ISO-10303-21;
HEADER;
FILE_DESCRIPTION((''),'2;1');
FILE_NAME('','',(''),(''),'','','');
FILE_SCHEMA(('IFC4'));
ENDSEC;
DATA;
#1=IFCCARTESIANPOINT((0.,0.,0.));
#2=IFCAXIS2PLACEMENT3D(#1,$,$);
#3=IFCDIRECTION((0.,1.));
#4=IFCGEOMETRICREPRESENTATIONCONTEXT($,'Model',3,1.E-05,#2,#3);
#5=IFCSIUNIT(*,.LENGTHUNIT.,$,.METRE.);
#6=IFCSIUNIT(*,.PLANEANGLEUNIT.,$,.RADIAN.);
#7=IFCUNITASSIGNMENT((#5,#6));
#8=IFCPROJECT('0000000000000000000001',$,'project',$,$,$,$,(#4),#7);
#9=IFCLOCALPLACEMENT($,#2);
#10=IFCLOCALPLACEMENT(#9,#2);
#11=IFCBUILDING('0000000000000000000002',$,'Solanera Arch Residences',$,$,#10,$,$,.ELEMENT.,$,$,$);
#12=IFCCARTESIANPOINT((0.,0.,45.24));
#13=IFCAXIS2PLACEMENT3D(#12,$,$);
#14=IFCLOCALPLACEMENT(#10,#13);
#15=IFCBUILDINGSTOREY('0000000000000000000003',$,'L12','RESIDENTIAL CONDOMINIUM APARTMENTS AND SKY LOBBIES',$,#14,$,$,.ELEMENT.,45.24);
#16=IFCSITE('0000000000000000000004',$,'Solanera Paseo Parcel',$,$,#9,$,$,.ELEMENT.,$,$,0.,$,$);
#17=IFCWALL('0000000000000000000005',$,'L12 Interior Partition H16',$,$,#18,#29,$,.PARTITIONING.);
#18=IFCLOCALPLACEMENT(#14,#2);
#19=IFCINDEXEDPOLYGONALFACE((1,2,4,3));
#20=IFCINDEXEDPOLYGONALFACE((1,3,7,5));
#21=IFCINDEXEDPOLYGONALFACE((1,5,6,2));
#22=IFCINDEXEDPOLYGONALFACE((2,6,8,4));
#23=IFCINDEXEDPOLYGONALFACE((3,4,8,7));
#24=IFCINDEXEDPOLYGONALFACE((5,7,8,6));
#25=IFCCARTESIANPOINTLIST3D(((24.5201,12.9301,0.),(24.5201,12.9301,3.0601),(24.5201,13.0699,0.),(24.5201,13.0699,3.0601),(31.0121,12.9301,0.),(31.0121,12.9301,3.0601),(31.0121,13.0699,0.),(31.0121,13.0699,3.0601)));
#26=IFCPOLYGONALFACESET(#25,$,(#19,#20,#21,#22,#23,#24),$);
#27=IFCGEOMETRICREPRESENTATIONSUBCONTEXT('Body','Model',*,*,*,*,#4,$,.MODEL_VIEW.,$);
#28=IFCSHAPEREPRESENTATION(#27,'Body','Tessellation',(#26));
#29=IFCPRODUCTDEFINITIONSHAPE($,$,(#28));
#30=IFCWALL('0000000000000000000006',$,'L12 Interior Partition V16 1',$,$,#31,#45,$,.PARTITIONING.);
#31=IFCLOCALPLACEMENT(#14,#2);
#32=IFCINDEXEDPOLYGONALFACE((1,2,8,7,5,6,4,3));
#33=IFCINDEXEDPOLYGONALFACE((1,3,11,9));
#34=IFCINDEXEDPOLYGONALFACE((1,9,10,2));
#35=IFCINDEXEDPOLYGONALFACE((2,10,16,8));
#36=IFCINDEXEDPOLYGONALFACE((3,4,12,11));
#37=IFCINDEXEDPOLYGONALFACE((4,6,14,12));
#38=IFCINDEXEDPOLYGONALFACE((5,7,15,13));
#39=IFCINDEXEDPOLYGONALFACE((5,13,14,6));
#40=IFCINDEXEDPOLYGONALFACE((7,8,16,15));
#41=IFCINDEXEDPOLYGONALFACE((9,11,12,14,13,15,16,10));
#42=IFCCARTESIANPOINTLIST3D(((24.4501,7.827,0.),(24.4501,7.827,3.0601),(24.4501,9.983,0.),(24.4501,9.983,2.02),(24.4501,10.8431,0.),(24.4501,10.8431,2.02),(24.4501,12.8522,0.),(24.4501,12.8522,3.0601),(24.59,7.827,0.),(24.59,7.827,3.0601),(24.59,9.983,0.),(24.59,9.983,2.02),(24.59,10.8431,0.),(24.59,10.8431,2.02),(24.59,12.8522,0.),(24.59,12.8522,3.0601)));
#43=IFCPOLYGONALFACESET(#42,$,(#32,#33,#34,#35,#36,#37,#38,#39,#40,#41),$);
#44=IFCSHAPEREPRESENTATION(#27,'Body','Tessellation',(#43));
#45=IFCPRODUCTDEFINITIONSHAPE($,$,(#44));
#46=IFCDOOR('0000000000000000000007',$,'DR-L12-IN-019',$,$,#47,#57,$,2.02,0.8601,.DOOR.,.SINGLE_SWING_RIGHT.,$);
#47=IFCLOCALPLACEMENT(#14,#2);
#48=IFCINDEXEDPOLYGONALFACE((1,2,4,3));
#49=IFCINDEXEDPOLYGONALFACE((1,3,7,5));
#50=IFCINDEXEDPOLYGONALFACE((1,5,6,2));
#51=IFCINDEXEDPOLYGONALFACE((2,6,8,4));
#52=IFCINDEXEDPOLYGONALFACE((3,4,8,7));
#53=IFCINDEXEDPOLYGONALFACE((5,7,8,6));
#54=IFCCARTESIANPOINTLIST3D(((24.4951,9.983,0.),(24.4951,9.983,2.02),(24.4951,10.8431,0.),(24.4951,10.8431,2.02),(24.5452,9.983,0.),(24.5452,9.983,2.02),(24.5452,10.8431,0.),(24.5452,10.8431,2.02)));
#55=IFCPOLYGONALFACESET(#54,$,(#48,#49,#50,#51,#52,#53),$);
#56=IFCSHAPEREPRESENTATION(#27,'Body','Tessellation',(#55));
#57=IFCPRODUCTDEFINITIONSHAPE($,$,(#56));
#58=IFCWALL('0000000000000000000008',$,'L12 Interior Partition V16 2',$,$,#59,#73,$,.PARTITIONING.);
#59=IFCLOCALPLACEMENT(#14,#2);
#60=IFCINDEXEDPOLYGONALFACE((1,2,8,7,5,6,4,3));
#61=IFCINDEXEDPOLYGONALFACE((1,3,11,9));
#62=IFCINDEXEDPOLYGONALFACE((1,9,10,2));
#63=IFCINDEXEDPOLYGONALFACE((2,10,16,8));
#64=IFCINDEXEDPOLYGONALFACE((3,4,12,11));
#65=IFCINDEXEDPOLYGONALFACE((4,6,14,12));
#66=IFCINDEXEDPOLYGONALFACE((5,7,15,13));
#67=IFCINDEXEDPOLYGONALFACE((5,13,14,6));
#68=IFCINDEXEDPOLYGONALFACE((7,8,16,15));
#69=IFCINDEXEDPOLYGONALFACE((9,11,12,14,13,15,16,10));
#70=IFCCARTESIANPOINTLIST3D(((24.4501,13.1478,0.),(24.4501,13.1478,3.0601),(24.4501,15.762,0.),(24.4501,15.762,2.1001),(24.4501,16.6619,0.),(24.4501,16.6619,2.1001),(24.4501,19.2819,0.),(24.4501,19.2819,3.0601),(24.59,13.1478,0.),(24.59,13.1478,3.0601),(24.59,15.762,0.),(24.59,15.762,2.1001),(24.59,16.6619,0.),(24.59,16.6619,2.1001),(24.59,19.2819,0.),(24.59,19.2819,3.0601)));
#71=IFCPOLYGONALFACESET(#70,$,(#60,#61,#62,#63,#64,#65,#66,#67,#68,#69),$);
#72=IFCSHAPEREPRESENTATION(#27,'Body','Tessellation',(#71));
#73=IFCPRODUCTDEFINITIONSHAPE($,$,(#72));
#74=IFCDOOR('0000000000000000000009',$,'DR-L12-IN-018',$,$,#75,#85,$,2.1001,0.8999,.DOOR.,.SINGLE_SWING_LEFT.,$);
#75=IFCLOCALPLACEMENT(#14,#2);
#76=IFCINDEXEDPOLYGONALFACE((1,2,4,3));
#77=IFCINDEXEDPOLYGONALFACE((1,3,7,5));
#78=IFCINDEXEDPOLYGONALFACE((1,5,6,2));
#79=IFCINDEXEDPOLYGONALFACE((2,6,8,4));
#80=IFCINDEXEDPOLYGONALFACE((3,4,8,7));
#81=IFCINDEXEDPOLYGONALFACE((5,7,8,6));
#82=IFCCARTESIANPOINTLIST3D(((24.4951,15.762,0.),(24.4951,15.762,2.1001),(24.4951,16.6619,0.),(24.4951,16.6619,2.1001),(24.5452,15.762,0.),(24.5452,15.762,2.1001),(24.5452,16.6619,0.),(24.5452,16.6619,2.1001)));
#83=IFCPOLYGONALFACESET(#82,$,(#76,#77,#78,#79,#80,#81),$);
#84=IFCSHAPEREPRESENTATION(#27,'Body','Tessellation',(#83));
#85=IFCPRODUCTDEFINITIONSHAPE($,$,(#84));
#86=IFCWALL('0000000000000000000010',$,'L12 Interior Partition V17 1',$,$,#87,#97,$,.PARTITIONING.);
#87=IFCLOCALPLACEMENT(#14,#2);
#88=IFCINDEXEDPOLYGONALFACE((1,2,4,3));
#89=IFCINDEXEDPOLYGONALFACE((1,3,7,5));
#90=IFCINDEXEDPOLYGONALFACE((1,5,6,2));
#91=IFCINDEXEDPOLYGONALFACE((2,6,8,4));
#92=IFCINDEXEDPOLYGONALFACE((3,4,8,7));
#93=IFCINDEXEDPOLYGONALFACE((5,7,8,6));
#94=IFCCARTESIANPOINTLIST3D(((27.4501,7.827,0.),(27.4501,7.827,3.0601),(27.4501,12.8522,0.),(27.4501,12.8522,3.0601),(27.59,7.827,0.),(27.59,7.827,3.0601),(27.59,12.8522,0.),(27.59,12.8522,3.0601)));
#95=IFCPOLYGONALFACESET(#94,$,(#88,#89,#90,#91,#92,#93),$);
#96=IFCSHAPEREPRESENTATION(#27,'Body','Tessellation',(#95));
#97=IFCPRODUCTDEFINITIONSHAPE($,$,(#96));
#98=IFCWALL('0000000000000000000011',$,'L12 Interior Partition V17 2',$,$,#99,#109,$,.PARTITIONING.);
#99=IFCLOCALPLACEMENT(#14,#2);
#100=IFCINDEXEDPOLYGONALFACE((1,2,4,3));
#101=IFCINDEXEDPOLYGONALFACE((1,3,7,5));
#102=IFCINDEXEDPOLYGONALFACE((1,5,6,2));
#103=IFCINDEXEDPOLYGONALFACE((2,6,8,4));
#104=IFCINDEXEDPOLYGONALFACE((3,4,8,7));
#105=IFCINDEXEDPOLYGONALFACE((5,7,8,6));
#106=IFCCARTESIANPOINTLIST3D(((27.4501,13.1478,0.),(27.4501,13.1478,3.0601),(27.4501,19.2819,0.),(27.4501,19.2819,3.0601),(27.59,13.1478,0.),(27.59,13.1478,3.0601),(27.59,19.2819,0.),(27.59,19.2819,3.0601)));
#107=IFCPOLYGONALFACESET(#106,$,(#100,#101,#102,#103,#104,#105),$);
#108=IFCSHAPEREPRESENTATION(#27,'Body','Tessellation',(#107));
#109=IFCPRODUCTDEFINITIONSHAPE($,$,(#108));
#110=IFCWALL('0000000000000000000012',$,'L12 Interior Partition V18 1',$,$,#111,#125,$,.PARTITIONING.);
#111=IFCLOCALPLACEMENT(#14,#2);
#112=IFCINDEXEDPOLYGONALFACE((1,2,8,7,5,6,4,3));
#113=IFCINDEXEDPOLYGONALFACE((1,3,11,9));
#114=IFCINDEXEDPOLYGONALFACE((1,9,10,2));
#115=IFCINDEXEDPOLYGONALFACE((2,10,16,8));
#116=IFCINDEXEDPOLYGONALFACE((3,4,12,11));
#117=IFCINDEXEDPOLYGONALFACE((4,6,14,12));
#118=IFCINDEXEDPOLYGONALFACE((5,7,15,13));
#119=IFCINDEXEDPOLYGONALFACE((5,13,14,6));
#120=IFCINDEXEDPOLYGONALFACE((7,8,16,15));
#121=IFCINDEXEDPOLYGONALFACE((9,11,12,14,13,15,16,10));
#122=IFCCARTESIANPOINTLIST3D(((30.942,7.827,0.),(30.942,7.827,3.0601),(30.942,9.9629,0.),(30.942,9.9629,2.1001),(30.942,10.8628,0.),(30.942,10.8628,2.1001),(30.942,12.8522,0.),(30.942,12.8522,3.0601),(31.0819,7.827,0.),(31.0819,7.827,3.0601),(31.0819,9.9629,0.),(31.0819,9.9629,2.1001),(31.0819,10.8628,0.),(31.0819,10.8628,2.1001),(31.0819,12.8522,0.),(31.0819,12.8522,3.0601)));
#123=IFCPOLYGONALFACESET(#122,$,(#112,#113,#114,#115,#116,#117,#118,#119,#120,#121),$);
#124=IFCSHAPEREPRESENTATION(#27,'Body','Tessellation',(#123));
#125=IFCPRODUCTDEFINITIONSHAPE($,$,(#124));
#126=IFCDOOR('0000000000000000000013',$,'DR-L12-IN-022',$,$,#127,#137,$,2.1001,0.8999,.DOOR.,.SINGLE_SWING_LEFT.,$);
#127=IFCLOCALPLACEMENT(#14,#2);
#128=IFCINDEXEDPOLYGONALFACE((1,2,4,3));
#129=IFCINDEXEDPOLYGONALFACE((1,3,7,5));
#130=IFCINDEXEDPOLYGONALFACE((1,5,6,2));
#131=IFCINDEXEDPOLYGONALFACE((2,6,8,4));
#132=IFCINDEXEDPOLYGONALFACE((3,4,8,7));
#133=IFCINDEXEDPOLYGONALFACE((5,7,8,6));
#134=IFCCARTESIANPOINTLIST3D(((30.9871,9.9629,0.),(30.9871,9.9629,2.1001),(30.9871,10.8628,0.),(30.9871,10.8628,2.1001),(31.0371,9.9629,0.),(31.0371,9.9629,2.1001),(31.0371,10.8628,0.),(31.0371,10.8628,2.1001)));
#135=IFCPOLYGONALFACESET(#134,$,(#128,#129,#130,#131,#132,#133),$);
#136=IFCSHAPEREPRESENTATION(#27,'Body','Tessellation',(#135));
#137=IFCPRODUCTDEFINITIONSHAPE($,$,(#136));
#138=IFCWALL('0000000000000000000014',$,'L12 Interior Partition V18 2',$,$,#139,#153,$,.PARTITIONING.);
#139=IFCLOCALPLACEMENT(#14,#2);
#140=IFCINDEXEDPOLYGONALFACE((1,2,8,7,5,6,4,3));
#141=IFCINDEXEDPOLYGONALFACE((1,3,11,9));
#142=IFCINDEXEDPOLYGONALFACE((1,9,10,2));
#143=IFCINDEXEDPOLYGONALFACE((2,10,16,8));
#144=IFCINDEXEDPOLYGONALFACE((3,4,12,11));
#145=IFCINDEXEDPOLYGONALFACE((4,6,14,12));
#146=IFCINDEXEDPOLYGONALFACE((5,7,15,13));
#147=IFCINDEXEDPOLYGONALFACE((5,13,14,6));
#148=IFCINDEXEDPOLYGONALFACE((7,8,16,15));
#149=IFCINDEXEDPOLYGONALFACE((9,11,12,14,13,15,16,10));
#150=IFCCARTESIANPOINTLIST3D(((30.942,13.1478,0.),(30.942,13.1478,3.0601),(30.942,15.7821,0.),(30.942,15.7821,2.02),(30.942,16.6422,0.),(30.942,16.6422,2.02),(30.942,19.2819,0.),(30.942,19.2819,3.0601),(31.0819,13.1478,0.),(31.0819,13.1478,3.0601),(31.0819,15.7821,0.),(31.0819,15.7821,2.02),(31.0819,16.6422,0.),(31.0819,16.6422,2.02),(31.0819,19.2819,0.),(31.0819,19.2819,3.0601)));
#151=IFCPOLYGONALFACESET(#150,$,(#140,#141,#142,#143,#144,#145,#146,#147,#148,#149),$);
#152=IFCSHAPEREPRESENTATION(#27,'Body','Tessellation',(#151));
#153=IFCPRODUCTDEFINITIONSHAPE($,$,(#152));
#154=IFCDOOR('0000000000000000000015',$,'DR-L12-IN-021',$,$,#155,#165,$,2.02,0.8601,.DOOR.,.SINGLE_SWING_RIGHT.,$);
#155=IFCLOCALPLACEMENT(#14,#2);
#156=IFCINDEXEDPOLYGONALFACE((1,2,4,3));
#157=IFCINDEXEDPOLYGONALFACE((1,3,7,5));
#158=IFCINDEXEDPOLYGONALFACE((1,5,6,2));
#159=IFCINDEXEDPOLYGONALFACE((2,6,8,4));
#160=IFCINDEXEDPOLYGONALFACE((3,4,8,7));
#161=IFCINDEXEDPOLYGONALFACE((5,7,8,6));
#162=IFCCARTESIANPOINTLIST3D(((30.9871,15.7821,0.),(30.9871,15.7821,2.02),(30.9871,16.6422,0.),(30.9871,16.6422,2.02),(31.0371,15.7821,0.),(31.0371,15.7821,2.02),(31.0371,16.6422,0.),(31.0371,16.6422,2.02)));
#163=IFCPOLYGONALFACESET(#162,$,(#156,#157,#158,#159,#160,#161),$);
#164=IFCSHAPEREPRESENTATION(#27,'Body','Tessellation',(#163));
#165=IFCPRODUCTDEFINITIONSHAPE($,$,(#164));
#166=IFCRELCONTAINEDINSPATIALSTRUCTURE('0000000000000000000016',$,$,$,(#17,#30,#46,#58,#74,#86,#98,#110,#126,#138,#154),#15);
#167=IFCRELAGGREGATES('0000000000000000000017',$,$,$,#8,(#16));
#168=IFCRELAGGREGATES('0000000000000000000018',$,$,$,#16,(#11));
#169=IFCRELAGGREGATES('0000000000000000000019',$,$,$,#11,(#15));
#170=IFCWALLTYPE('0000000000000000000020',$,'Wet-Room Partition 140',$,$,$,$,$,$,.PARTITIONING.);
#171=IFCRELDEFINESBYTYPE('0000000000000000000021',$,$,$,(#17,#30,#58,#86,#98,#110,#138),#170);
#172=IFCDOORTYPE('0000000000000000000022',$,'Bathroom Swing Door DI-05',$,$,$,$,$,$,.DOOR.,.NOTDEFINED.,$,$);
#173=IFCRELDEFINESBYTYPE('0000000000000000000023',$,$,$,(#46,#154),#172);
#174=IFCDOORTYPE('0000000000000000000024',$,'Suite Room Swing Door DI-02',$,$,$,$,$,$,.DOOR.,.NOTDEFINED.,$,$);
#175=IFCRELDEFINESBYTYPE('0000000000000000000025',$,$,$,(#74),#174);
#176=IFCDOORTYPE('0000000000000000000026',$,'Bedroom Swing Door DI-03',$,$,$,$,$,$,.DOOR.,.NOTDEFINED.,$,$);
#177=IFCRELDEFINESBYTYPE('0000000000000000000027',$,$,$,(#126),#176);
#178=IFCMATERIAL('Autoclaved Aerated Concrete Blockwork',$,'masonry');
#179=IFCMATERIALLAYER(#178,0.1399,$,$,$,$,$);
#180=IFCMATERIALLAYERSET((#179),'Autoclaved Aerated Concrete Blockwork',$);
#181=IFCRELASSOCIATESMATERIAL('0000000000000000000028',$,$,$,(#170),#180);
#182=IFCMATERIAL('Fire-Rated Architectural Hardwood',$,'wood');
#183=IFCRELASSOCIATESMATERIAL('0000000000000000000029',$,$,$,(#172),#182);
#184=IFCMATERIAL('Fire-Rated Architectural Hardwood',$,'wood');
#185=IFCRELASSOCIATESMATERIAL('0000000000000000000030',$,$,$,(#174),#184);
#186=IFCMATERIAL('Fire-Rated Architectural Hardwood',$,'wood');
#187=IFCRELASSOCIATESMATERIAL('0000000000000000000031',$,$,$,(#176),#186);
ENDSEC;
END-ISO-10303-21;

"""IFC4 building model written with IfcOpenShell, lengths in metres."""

from ifc_helpers import new_model, si_unit, direction, frame, frame_2d, origin, place, context, subcontext, project, spatial, rectangle, extrude, material, layer, layer_set, type_object, element, fill, save


model = new_model("IFC4")

# Units and contexts
model_context = context("Model", 3, precision=1e-05, world=origin(), true_north=direction((0.0, 1.0)))
body_context = subcontext(model_context, "Body", "Model", "MODEL_VIEW")
ifc_project = project(units=[si_unit("LENGTHUNIT", "METRE"), si_unit("PLANEANGLEUNIT", "RADIAN")], contexts=[model_context])

# Site, building, storey
site_placement = place(None, origin())
site = spatial("IfcSite", under=ifc_project, at=site_placement, Name="Solanera Paseo Parcel", CompositionType="ELEMENT", RefElevation=0.0)
building_placement = place(site_placement, origin())
building = spatial("IfcBuilding", under=site, at=building_placement, Name="Solanera Arch Residences", CompositionType="ELEMENT")
storey_placement = place(building_placement, frame((0.0, 0.0, 45.24)))
storey = spatial("IfcBuildingStorey", under=building, at=storey_placement, Name="L12", Description="RESIDENTIAL CONDOMINIUM APARTMENTS AND SKY LOBBIES", CompositionType="ELEMENT", Elevation=45.24)

# Wall
ifc_material_1 = material(Name="Autoclaved Aerated Concrete Blockwork", Category="masonry")
ifc_layer_1 = layer(ifc_material_1, 0.1399)
ifc_layer_set_1 = layer_set([ifc_layer_1], Name="Autoclaved Aerated Concrete Blockwork")
wall_type_1 = type_object("IfcWallType", Name="Wet-Room Partition 140", PredefinedType="PARTITIONING", material=ifc_layer_set_1)
wall_1_placement = place(storey_placement, frame((24.52, 13.0, 0.0), z_axis=(0.0, 0.0, 1.0), x_axis=(1.0, 0.0, 0.0)))
element("IfcWall", 1, at=wall_1_placement, inside=storey, type_object=wall_type_1, Name="L12 Interior Partition H16", PredefinedType="PARTITIONING", context=body_context, shape_type="SweptSolid", body=[
    extrude(rectangle(XDim=6.4919, YDim=0.1399, at=frame_2d((3.2461, 0.0))), origin(), (0.0, 0.0, 1.0), 3.0601),
])

# Walls, openings, doors
wall_2_placement = place(storey_placement, frame((24.52, 7.8269, 0.0), z_axis=(0.0, 0.0, 1.0), x_axis=(0.0, 1.0, 0.0)))
wall_2 = element("IfcWall", 2, at=wall_2_placement, inside=storey, type_object=wall_type_1, Name="L12 Interior Partition V16 1", PredefinedType="PARTITIONING", context=body_context, shape_type="SweptSolid", body=[
    extrude(rectangle(XDim=5.0251, YDim=0.1399, at=frame_2d((2.5127, 0.0))), origin(), (0.0, 0.0, 1.0), 3.0601),
])
opening_1_placement = place(wall_2_placement, frame((2.156, 0.0, 0.0)))
opening_1 = element("IfcOpeningElement", 3, at=opening_1_placement, cuts=wall_2, PredefinedType="OPENING", context=body_context, shape_type="SweptSolid", body=[
    extrude(rectangle(XDim=0.8601, YDim=2.02, at=frame_2d((0.4302, 1.01))), frame((0.0, 0.0798, 0.0), z_axis=(0.0, -1.0, 0.0), x_axis=(1.0, 0.0, 0.0)), (0.0, 0.0, 1.0), 0.1599),
])
ifc_material_2 = material(Name="Fire-Rated Architectural Hardwood", Category="wood")
door_type_1 = type_object("IfcDoorType", Name="Bathroom Swing Door DI-05", OperationType="NOTDEFINED", PredefinedType="DOOR", material=ifc_material_2)
door_1_placement = place(opening_1_placement, origin())
door_1 = element("IfcDoor", 4, at=door_1_placement, inside=storey, type_object=door_type_1, Name="DR-L12-IN-019", OperationType="SINGLE_SWING_RIGHT", OverallHeight=2.02, OverallWidth=0.8601, PredefinedType="DOOR", context=body_context, shape_type="SweptSolid", body=[
    extrude(rectangle(XDim=0.8601, YDim=2.02, at=frame_2d((0.4302, 1.01))), frame((0.0, 0.0249, 0.0), z_axis=(0.0, -1.0, 0.0), x_axis=(1.0, 0.0, 0.0)), (0.0, 0.0, 1.0), 0.05),
])
fill(opening_1, door_1)
wall_3_placement = place(storey_placement, frame((24.52, 13.1479, 0.0), z_axis=(0.0, 0.0, 1.0), x_axis=(0.0, 1.0, 0.0)))
wall_3 = element("IfcWall", 5, at=wall_3_placement, inside=storey, type_object=wall_type_1, Name="L12 Interior Partition V16 2", PredefinedType="PARTITIONING", context=body_context, shape_type="SweptSolid", body=[
    extrude(rectangle(XDim=6.134, YDim=0.1399, at=frame_2d((3.0669, 0.0))), origin(), (0.0, 0.0, 1.0), 3.0601),
])
opening_2_placement = place(wall_3_placement, frame((2.614, 0.0, 0.0)))
opening_2 = element("IfcOpeningElement", 6, at=opening_2_placement, cuts=wall_3, PredefinedType="OPENING", context=body_context, shape_type="SweptSolid", body=[
    extrude(rectangle(XDim=0.8999, YDim=2.1001, at=frame_2d((0.45, 1.05))), frame((0.0, 0.0798, 0.0), z_axis=(0.0, -1.0, 0.0), x_axis=(1.0, 0.0, 0.0)), (0.0, 0.0, 1.0), 0.1599),
])
ifc_material_3 = material(Name="Fire-Rated Architectural Hardwood", Category="wood")
door_type_2 = type_object("IfcDoorType", Name="Suite Room Swing Door DI-02", OperationType="NOTDEFINED", PredefinedType="DOOR", material=ifc_material_3)
door_2_placement = place(opening_2_placement, origin())
door_2 = element("IfcDoor", 7, at=door_2_placement, inside=storey, type_object=door_type_2, Name="DR-L12-IN-018", OperationType="SINGLE_SWING_LEFT", OverallHeight=2.1001, OverallWidth=0.8999, PredefinedType="DOOR", context=body_context, shape_type="SweptSolid", body=[
    extrude(rectangle(XDim=0.8999, YDim=2.1001, at=frame_2d((0.45, 1.05))), frame((0.0, 0.0249, 0.0), z_axis=(0.0, -1.0, 0.0), x_axis=(1.0, 0.0, 0.0)), (0.0, 0.0, 1.0), 0.05),
])
fill(opening_2, door_2)

# Walls
wall_4_placement = place(storey_placement, frame((27.52, 7.8269, 0.0), z_axis=(0.0, 0.0, 1.0), x_axis=(0.0, 1.0, 0.0)))
element("IfcWall", 8, at=wall_4_placement, inside=storey, type_object=wall_type_1, Name="L12 Interior Partition V17 1", PredefinedType="PARTITIONING", context=body_context, shape_type="SweptSolid", body=[
    extrude(rectangle(XDim=5.0251, YDim=0.1399, at=frame_2d((2.5127, 0.0))), origin(), (0.0, 0.0, 1.0), 3.0601),
])
wall_5_placement = place(storey_placement, frame((27.52, 13.1479, 0.0), z_axis=(0.0, 0.0, 1.0), x_axis=(0.0, 1.0, 0.0)))
element("IfcWall", 9, at=wall_5_placement, inside=storey, type_object=wall_type_1, Name="L12 Interior Partition V17 2", PredefinedType="PARTITIONING", context=body_context, shape_type="SweptSolid", body=[
    extrude(rectangle(XDim=6.134, YDim=0.1399, at=frame_2d((3.0669, 0.0))), origin(), (0.0, 0.0, 1.0), 3.0601),
])

# Walls, openings, doors
wall_6_placement = place(storey_placement, frame((31.012, 7.8269, 0.0), z_axis=(0.0, 0.0, 1.0), x_axis=(0.0, 1.0, 0.0)))
wall_6 = element("IfcWall", 10, at=wall_6_placement, inside=storey, type_object=wall_type_1, Name="L12 Interior Partition V18 1", PredefinedType="PARTITIONING", context=body_context, shape_type="SweptSolid", body=[
    extrude(rectangle(XDim=5.0251, YDim=0.1399, at=frame_2d((2.5127, 0.0))), origin(), (0.0, 0.0, 1.0), 3.0601),
])
opening_3_placement = place(wall_6_placement, frame((2.136, 0.0, 0.0)))
opening_3 = element("IfcOpeningElement", 11, at=opening_3_placement, cuts=wall_6, PredefinedType="OPENING", context=body_context, shape_type="SweptSolid", body=[
    extrude(rectangle(XDim=0.8999, YDim=2.1001, at=frame_2d((0.45, 1.05))), frame((0.0, 0.0798, 0.0), z_axis=(0.0, -1.0, 0.0), x_axis=(1.0, 0.0, 0.0)), (0.0, 0.0, 1.0), 0.1599),
])
ifc_material_4 = material(Name="Fire-Rated Architectural Hardwood", Category="wood")
door_type_3 = type_object("IfcDoorType", Name="Bedroom Swing Door DI-03", OperationType="NOTDEFINED", PredefinedType="DOOR", material=ifc_material_4)
door_3_placement = place(opening_3_placement, origin())
door_3 = element("IfcDoor", 12, at=door_3_placement, inside=storey, type_object=door_type_3, Name="DR-L12-IN-022", OperationType="SINGLE_SWING_LEFT", OverallHeight=2.1001, OverallWidth=0.8999, PredefinedType="DOOR", context=body_context, shape_type="SweptSolid", body=[
    extrude(rectangle(XDim=0.8999, YDim=2.1001, at=frame_2d((0.45, 1.05))), frame((0.0, 0.0249, 0.0), z_axis=(0.0, -1.0, 0.0), x_axis=(1.0, 0.0, 0.0)), (0.0, 0.0, 1.0), 0.05),
])
fill(opening_3, door_3)
wall_7_placement = place(storey_placement, frame((31.012, 13.1479, 0.0), z_axis=(0.0, 0.0, 1.0), x_axis=(0.0, 1.0, 0.0)))
wall_7 = element("IfcWall", 13, at=wall_7_placement, inside=storey, type_object=wall_type_1, Name="L12 Interior Partition V18 2", PredefinedType="PARTITIONING", context=body_context, shape_type="SweptSolid", body=[
    extrude(rectangle(XDim=6.134, YDim=0.1399, at=frame_2d((3.0669, 0.0))), origin(), (0.0, 0.0, 1.0), 3.0601),
])
opening_4_placement = place(wall_7_placement, frame((2.634, 0.0, 0.0)))
opening_4 = element("IfcOpeningElement", 14, at=opening_4_placement, cuts=wall_7, PredefinedType="OPENING", context=body_context, shape_type="SweptSolid", body=[
    extrude(rectangle(XDim=0.8601, YDim=2.02, at=frame_2d((0.4302, 1.01))), frame((0.0, 0.0798, 0.0), z_axis=(0.0, -1.0, 0.0), x_axis=(1.0, 0.0, 0.0)), (0.0, 0.0, 1.0), 0.1599),
])
door_4_placement = place(opening_4_placement, origin())
door_4 = element("IfcDoor", 15, at=door_4_placement, inside=storey, type_object=door_type_1, Name="DR-L12-IN-021", OperationType="SINGLE_SWING_RIGHT", OverallHeight=2.02, OverallWidth=0.8601, PredefinedType="DOOR", context=body_context, shape_type="SweptSolid", body=[
    extrude(rectangle(XDim=0.8601, YDim=2.02, at=frame_2d((0.4302, 1.01))), frame((0.0, 0.0249, 0.0), z_axis=(0.0, -1.0, 0.0), x_axis=(1.0, 0.0, 0.0)), (0.0, 0.0, 1.0), 0.05),
])
fill(opening_4, door_4)

save(model, "model.ifc")
